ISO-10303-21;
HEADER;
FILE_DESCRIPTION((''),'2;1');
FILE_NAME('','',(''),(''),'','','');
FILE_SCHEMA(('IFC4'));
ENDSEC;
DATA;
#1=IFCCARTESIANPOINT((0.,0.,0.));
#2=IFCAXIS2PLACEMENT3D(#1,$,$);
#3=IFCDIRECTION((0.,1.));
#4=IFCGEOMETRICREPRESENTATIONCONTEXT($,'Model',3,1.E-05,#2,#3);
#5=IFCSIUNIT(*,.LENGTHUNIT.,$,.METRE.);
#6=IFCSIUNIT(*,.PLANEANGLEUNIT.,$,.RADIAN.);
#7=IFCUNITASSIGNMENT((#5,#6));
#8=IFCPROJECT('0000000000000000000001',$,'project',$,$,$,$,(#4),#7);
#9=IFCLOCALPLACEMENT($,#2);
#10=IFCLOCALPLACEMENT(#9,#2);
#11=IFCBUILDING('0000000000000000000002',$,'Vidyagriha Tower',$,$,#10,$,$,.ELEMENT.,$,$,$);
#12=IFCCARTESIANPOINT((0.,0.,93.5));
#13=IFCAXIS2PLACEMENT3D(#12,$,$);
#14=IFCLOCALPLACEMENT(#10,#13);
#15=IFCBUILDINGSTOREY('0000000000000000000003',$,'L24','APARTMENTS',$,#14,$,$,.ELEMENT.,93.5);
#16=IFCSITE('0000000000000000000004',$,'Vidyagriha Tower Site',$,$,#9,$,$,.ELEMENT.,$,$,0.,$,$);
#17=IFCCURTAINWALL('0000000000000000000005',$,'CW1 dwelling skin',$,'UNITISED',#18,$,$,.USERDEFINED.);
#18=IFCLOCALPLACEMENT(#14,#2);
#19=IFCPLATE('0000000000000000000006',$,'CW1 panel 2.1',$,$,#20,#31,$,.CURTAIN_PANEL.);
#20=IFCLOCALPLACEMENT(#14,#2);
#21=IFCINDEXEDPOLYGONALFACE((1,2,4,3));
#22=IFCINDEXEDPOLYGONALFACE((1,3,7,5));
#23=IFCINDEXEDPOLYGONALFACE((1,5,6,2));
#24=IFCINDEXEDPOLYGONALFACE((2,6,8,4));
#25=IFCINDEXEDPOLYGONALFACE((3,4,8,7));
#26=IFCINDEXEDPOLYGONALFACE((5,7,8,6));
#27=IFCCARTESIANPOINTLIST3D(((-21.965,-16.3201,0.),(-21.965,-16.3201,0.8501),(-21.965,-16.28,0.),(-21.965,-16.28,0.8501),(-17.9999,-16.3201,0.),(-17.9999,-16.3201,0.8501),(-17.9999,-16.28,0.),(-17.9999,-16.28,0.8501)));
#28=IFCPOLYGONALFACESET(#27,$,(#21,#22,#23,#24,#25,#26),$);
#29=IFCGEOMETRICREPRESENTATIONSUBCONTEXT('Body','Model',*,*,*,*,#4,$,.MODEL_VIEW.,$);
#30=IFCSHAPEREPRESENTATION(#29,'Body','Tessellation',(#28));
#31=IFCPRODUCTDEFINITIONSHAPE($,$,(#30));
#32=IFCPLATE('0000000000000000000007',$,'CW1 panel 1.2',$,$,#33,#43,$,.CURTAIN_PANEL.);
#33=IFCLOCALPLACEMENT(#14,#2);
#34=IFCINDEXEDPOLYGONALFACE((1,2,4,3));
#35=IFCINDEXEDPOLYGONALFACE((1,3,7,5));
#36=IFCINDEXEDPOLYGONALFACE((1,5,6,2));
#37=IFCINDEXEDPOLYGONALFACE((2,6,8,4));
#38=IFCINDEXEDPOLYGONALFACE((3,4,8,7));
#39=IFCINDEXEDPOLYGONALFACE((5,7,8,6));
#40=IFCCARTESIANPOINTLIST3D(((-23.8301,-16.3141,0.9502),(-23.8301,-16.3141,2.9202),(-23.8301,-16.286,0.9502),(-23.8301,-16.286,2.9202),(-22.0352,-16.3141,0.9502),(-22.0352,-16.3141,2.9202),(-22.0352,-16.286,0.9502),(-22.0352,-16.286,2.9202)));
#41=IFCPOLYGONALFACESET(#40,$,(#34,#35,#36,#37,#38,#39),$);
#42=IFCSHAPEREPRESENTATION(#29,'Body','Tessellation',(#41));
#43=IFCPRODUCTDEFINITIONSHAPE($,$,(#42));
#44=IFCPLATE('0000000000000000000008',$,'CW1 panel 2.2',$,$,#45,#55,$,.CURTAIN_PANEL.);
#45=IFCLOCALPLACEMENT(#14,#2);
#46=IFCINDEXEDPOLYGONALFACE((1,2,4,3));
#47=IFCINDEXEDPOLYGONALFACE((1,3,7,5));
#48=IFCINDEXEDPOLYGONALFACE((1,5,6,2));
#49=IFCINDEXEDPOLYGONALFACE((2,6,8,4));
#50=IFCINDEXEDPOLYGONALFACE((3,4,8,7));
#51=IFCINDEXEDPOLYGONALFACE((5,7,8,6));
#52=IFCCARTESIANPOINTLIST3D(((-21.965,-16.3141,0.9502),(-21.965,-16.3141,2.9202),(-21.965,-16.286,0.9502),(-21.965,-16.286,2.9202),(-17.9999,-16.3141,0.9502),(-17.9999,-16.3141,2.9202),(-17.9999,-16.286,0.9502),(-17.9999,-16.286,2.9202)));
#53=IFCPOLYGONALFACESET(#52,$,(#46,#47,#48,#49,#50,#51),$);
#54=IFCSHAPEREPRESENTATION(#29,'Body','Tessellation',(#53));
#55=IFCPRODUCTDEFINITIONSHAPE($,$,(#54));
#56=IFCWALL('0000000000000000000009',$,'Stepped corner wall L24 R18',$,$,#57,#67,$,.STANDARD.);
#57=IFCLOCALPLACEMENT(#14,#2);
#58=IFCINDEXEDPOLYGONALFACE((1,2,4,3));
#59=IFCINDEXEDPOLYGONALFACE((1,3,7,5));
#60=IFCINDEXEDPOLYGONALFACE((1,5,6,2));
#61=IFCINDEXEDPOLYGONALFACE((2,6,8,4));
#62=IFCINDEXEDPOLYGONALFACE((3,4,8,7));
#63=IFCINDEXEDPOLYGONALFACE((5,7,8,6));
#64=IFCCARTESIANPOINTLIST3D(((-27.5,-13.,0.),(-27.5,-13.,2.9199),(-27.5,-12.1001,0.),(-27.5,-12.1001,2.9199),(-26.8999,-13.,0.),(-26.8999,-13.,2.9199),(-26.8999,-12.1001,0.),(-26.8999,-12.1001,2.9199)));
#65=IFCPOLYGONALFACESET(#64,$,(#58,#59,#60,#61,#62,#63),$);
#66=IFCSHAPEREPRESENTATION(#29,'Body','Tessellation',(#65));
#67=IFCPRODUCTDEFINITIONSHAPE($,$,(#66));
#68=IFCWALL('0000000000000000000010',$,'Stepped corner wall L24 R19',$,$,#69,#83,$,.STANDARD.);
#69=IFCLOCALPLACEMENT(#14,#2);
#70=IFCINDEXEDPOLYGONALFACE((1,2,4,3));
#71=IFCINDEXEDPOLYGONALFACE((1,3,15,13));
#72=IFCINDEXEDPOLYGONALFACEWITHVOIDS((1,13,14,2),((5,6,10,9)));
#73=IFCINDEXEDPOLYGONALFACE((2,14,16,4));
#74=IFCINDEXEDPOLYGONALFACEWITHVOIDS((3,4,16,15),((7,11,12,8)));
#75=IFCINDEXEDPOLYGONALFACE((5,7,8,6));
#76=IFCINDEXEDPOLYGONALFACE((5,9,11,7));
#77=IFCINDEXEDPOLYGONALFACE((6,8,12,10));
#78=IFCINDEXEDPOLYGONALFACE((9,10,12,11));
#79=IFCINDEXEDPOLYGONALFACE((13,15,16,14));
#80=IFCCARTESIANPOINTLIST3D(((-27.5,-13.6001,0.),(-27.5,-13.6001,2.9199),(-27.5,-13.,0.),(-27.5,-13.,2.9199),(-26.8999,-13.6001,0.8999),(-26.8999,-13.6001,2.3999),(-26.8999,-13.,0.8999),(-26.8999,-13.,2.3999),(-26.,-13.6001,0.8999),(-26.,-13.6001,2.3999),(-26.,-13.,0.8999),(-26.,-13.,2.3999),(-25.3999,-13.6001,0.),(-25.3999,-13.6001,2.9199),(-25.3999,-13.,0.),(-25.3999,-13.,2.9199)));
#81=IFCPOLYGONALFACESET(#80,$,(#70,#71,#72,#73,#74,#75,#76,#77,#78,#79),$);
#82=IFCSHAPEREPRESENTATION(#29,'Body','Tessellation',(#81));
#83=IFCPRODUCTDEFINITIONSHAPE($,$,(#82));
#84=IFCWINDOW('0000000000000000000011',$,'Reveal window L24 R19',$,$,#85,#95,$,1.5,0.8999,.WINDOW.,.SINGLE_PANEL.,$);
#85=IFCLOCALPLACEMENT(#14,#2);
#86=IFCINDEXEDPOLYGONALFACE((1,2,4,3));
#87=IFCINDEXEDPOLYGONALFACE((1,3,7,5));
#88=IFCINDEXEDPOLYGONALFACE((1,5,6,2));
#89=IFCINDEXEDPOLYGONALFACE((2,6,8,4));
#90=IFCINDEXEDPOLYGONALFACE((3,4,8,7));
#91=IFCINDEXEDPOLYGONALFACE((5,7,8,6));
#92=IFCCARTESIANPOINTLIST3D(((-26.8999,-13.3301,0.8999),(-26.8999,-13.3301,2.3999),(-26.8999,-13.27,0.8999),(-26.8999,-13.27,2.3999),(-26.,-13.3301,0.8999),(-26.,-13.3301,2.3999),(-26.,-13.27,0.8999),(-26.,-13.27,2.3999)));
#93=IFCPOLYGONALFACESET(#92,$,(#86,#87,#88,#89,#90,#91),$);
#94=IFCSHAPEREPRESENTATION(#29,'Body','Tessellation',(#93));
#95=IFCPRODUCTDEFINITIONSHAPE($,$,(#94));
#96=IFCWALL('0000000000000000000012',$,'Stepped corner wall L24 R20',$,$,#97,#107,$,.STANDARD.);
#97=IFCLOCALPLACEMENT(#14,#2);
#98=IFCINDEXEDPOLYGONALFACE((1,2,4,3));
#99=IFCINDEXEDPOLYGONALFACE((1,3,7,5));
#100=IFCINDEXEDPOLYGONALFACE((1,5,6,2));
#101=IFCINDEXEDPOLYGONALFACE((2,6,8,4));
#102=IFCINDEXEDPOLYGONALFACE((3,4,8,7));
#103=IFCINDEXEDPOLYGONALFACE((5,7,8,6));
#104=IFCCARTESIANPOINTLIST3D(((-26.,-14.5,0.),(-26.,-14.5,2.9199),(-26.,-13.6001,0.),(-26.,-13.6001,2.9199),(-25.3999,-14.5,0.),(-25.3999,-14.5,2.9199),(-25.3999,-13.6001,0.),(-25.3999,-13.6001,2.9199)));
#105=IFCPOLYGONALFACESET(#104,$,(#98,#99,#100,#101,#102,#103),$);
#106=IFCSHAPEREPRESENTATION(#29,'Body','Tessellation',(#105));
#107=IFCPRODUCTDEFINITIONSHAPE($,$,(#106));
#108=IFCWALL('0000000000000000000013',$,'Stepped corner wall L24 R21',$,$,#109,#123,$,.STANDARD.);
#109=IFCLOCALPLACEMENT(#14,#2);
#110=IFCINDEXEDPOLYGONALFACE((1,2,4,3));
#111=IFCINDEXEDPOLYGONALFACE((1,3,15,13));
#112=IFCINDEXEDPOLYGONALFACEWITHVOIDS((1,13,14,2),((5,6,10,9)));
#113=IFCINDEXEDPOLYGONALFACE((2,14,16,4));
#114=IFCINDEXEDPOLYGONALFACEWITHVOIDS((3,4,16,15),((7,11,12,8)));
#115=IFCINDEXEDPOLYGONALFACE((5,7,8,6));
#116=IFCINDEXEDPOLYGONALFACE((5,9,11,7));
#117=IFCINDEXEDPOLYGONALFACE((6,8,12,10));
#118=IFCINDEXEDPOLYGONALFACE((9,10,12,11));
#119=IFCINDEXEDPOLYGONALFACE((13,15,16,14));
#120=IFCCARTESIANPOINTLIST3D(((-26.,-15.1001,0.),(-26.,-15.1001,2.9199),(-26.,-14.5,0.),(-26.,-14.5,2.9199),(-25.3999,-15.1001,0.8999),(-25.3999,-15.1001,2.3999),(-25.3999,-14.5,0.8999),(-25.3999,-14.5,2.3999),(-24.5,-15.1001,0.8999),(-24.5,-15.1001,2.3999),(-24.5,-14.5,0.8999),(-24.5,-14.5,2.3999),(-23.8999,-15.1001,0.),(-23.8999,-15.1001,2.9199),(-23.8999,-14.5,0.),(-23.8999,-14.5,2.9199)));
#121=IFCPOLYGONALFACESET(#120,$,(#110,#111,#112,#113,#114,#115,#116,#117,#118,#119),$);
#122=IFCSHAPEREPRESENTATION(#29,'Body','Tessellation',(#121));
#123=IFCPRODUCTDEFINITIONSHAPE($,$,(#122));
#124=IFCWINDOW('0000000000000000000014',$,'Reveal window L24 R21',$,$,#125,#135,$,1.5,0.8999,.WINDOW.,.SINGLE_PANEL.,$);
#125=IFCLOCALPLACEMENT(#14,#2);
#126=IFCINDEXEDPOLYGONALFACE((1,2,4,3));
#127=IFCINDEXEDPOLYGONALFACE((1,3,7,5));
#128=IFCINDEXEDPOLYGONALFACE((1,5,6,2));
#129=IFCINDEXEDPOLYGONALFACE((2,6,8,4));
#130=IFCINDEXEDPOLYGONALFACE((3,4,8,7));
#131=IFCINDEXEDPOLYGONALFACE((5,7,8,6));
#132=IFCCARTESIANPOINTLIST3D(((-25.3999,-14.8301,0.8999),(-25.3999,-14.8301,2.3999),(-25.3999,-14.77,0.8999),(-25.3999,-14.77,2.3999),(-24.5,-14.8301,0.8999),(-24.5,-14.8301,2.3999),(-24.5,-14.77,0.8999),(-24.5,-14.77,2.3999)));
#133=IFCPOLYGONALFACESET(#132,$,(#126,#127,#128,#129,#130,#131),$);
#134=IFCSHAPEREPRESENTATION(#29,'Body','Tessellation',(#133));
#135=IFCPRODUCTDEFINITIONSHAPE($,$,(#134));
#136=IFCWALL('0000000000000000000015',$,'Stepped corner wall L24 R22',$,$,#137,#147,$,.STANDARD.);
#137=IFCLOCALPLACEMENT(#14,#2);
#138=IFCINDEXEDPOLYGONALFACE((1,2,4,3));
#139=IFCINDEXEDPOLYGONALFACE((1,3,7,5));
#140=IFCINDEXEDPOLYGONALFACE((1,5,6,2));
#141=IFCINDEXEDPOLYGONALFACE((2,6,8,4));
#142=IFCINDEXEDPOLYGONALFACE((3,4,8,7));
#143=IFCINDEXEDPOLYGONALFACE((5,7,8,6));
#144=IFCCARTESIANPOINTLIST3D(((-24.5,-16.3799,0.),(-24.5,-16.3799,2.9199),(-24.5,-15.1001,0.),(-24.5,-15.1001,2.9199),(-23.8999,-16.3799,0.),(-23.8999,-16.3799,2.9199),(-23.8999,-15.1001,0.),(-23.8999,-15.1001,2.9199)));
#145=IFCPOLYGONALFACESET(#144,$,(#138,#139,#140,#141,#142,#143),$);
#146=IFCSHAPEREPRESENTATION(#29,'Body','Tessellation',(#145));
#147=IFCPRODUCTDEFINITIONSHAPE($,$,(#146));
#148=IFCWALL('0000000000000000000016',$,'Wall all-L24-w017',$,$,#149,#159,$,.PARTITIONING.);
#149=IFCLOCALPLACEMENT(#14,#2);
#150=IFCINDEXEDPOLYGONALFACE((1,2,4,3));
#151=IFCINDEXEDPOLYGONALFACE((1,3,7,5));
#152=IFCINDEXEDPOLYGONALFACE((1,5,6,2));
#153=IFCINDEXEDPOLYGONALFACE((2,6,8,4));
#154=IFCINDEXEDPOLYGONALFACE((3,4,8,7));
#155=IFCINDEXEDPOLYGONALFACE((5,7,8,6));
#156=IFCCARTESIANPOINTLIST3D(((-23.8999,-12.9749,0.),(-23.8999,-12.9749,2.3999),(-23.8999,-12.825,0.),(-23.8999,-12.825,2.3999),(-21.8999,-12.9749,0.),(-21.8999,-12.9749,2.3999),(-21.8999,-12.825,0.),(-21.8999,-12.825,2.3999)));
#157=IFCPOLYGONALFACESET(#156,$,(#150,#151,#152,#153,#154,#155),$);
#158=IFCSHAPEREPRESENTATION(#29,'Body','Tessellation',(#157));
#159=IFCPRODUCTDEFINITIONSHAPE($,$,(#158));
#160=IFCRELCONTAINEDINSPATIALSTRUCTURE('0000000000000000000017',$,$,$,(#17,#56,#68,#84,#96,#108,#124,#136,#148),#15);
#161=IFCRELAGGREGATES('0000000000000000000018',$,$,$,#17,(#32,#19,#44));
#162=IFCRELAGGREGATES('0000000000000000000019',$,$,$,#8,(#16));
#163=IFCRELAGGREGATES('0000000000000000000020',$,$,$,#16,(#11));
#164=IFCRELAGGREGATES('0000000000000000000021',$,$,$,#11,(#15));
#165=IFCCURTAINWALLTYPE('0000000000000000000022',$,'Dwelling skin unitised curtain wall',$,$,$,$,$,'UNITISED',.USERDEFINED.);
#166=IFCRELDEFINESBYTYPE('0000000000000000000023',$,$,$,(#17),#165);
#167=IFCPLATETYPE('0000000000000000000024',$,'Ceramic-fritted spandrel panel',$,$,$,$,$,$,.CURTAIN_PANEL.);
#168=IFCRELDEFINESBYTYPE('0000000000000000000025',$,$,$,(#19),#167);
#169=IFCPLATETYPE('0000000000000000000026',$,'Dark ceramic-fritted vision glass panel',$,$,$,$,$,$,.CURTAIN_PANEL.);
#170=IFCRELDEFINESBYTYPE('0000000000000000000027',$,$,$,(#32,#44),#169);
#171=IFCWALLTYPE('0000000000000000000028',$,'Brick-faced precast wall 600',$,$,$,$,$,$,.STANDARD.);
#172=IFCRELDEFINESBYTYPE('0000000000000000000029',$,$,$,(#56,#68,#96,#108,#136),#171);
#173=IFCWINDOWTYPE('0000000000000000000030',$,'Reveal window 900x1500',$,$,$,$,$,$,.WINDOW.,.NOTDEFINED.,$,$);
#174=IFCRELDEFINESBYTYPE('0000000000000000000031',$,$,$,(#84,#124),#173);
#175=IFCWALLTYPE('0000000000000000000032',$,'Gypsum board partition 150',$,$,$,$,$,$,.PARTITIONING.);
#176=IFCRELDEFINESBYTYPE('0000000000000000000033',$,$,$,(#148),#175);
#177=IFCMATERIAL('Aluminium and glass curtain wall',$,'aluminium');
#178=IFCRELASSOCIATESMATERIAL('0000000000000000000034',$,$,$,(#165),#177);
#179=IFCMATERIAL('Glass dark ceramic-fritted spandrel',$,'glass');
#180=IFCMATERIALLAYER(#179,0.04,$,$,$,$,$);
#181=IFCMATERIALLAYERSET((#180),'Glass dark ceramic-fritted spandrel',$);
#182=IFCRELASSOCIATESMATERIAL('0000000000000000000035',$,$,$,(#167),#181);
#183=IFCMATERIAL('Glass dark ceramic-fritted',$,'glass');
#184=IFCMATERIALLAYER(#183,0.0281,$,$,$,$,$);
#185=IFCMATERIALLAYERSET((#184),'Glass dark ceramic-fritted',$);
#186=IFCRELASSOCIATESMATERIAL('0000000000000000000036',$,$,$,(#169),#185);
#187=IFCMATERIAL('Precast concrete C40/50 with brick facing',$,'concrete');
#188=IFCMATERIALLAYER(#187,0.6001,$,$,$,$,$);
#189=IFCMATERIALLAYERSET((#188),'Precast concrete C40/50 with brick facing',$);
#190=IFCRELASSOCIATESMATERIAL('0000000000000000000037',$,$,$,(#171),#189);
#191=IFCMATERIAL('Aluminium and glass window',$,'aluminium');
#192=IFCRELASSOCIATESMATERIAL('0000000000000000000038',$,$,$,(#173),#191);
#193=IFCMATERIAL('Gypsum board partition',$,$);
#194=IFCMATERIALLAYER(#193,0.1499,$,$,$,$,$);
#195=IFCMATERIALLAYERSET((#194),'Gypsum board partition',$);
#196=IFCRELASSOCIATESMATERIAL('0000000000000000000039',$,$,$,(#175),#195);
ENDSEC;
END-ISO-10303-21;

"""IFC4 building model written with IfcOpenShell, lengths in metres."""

from ifc_helpers import new_model, si_unit, direction, frame, frame_2d, origin, origin_2d, place, context, subcontext, project, spatial, rectangle, extrude, material, layer, layer_set, type_object, element, fill, aggregate, save


model = new_model("IFC4")

# Units and contexts
model_context = context("Model", 3, precision=1e-05, world=origin(), true_north=direction((0.0, 1.0)))
body_context = subcontext(model_context, "Body", "Model", "MODEL_VIEW")
ifc_project = project(units=[si_unit("LENGTHUNIT", "METRE"), si_unit("PLANEANGLEUNIT", "RADIAN")], contexts=[model_context])

# Site, building, storey
site_placement = place(None, origin())
site = spatial("IfcSite", under=ifc_project, at=site_placement, Name="Vidyagriha Tower Site", CompositionType="ELEMENT", RefElevation=0.0)
building_placement = place(site_placement, origin())
building = spatial("IfcBuilding", under=site, at=building_placement, Name="Vidyagriha Tower", CompositionType="ELEMENT")
storey_placement = place(building_placement, frame((0.0, 0.0, 93.5)))
storey = spatial("IfcBuildingStorey", under=building, at=storey_placement, Name="L24", Description="APARTMENTS", CompositionType="ELEMENT", Elevation=93.5)

# Curtain wall, plates
ifc_material_1 = material(Name="Aluminium and glass curtain wall", Category="aluminium")
curtain_wall_type = type_object("IfcCurtainWallType", Name="Dwelling skin unitised curtain wall", ElementType="UNITISED", PredefinedType="USERDEFINED", material=ifc_material_1)
curtain_wall_placement = place(storey_placement, origin())
curtain_wall = element("IfcCurtainWall", 1, at=curtain_wall_placement, inside=storey, type_object=curtain_wall_type, Name="CW1 dwelling skin", ObjectType="UNITISED", PredefinedType="USERDEFINED")
ifc_material_2 = material(Name="Glass dark ceramic-fritted spandrel", Category="glass")
ifc_layer_1 = layer(ifc_material_2, 0.04)
ifc_layer_set_1 = layer_set([ifc_layer_1], Name="Glass dark ceramic-fritted spandrel")
plate_type_1 = type_object("IfcPlateType", Name="Ceramic-fritted spandrel panel", PredefinedType="CURTAIN_PANEL", material=ifc_layer_set_1)
plate_1_placement = place(storey_placement, frame((-19.9824, -16.3, 0.0)))
plate_1 = element("IfcPlate", 2, at=plate_1_placement, type_object=plate_type_1, Name="CW1 panel 2.1", PredefinedType="CURTAIN_PANEL", context=body_context, shape_type="SweptSolid", body=[
    extrude(rectangle(XDim=3.9651, YDim=0.04, at=origin_2d()), origin(), (0.0, 0.0, 1.0), 0.8501),
])
ifc_material_3 = material(Name="Glass dark ceramic-fritted", Category="glass")
ifc_layer_2 = layer(ifc_material_3, 0.0281)
ifc_layer_set_2 = layer_set([ifc_layer_2], Name="Glass dark ceramic-fritted")
plate_type_2 = type_object("IfcPlateType", Name="Dark ceramic-fritted vision glass panel", PredefinedType="CURTAIN_PANEL", material=ifc_layer_set_2)
plate_2_placement = place(storey_placement, frame((-22.9326, -16.3, 0.9502)))
plate_2 = element("IfcPlate", 3, at=plate_2_placement, type_object=plate_type_2, Name="CW1 panel 1.2", PredefinedType="CURTAIN_PANEL", context=body_context, shape_type="SweptSolid", body=[
    extrude(rectangle(XDim=1.7949, YDim=0.0281, at=origin_2d()), origin(), (0.0, 0.0, 1.0), 1.97),
])
plate_3_placement = place(storey_placement, frame((-19.9824, -16.3, 0.9502)))
plate_3 = element("IfcPlate", 4, at=plate_3_placement, type_object=plate_type_2, Name="CW1 panel 2.2", PredefinedType="CURTAIN_PANEL", context=body_context, shape_type="SweptSolid", body=[
    extrude(rectangle(XDim=3.9651, YDim=0.0281, at=origin_2d()), origin(), (0.0, 0.0, 1.0), 1.97),
])
aggregate(curtain_wall, [plate_2, plate_1, plate_3])

# Wall
ifc_material_4 = material(Name="Precast concrete C40/50 with brick facing", Category="concrete")
ifc_layer_3 = layer(ifc_material_4, 0.6001)
ifc_layer_set_3 = layer_set([ifc_layer_3], Name="Precast concrete C40/50 with brick facing")
wall_type_1 = type_object("IfcWallType", Name="Brick-faced precast wall 600", PredefinedType="STANDARD", material=ifc_layer_set_3)
wall_1_placement = place(storey_placement, frame((-27.2, -12.1001, 0.0), z_axis=(0.0, 0.0, 1.0), x_axis=(0.0, -1.0, 0.0)))
element("IfcWall", 5, at=wall_1_placement, inside=storey, type_object=wall_type_1, Name="Stepped corner wall L24 R18", PredefinedType="STANDARD", context=body_context, shape_type="SweptSolid", body=[
    extrude(rectangle(XDim=0.8999, YDim=0.6001, at=frame_2d((0.45, 0.0))), origin(), (0.0, 0.0, 1.0), 2.9199),
])

# Wall, opening, window
wall_2_placement = place(storey_placement, frame((-27.5, -13.3, 0.0)))
wall_2 = element("IfcWall", 6, at=wall_2_placement, inside=storey, type_object=wall_type_1, Name="Stepped corner wall L24 R19", PredefinedType="STANDARD", context=body_context, shape_type="SweptSolid", body=[
    extrude(rectangle(XDim=2.1001, YDim=0.6001, at=frame_2d((1.05, 0.0))), origin(), (0.0, 0.0, 1.0), 2.9199),
])
opening_1_placement = place(wall_2_placement, frame((0.6001, 0.0, 0.8999)))
opening_1 = element("IfcOpeningElement", 7, at=opening_1_placement, cuts=wall_2, PredefinedType="OPENING", context=body_context, shape_type="SweptSolid", body=[
    extrude(rectangle(XDim=0.8999, YDim=1.5, at=frame_2d((0.45, 0.75))), frame((0.0, 0.3101, 0.0), z_axis=(0.0, -1.0, 0.0), x_axis=(1.0, 0.0, 0.0)), (0.0, 0.0, 1.0), 0.6201),
])
ifc_material_5 = material(Name="Aluminium and glass window", Category="aluminium")
window_type = type_object("IfcWindowType", Name="Reveal window 900x1500", PartitioningType="NOTDEFINED", PredefinedType="WINDOW", material=ifc_material_5)
window_1_placement = place(opening_1_placement, origin())
window_1 = element("IfcWindow", 8, at=window_1_placement, inside=storey, type_object=window_type, Name="Reveal window L24 R19", OverallHeight=1.5, OverallWidth=0.8999, PartitioningType="SINGLE_PANEL", PredefinedType="WINDOW", context=body_context, shape_type="SweptSolid", body=[
    extrude(rectangle(XDim=0.8999, YDim=1.5, at=frame_2d((0.45, 0.75))), frame((0.0, 0.03, 0.0), z_axis=(0.0, -1.0, 0.0), x_axis=(1.0, 0.0, 0.0)), (0.0, 0.0, 1.0), 0.0601),
])
fill(opening_1, window_1)

# Wall
wall_3_placement = place(storey_placement, frame((-25.7, -13.6001, 0.0), z_axis=(0.0, 0.0, 1.0), x_axis=(0.0, -1.0, 0.0)))
element("IfcWall", 9, at=wall_3_placement, inside=storey, type_object=wall_type_1, Name="Stepped corner wall L24 R20", PredefinedType="STANDARD", context=body_context, shape_type="SweptSolid", body=[
    extrude(rectangle(XDim=0.8999, YDim=0.6001, at=frame_2d((0.45, 0.0))), origin(), (0.0, 0.0, 1.0), 2.9199),
])

# Wall, opening, window
wall_4_placement = place(storey_placement, frame((-26.0, -14.8, 0.0)))
wall_4 = element("IfcWall", 10, at=wall_4_placement, inside=storey, type_object=wall_type_1, Name="Stepped corner wall L24 R21", PredefinedType="STANDARD", context=body_context, shape_type="SweptSolid", body=[
    extrude(rectangle(XDim=2.1001, YDim=0.6001, at=frame_2d((1.05, 0.0))), origin(), (0.0, 0.0, 1.0), 2.9199),
])
opening_2_placement = place(wall_4_placement, frame((0.6001, 0.0, 0.8999)))
opening_2 = element("IfcOpeningElement", 11, at=opening_2_placement, cuts=wall_4, PredefinedType="OPENING", context=body_context, shape_type="SweptSolid", body=[
    extrude(rectangle(XDim=0.8999, YDim=1.5, at=frame_2d((0.45, 0.75))), frame((0.0, 0.3101, 0.0), z_axis=(0.0, -1.0, 0.0), x_axis=(1.0, 0.0, 0.0)), (0.0, 0.0, 1.0), 0.6201),
])
window_2_placement = place(opening_2_placement, origin())
window_2 = element("IfcWindow", 12, at=window_2_placement, inside=storey, type_object=window_type, Name="Reveal window L24 R21", OverallHeight=1.5, OverallWidth=0.8999, PartitioningType="SINGLE_PANEL", PredefinedType="WINDOW", context=body_context, shape_type="SweptSolid", body=[
    extrude(rectangle(XDim=0.8999, YDim=1.5, at=frame_2d((0.45, 0.75))), frame((0.0, 0.03, 0.0), z_axis=(0.0, -1.0, 0.0), x_axis=(1.0, 0.0, 0.0)), (0.0, 0.0, 1.0), 0.0601),
])
fill(opening_2, window_2)

# Walls
wall_5_placement = place(storey_placement, frame((-24.2, -15.1001, 0.0), z_axis=(0.0, 0.0, 1.0), x_axis=(0.0, -1.0, 0.0)))
element("IfcWall", 13, at=wall_5_placement, inside=storey, type_object=wall_type_1, Name="Stepped corner wall L24 R22", PredefinedType="STANDARD", context=body_context, shape_type="SweptSolid", body=[
    extrude(rectangle(XDim=1.2798, YDim=0.6001, at=frame_2d((0.6399, 0.0))), origin(), (0.0, 0.0, 1.0), 2.9199),
])
ifc_material_6 = material(Name="Gypsum board partition")
ifc_layer_4 = layer(ifc_material_6, 0.1499)
ifc_layer_set_4 = layer_set([ifc_layer_4], Name="Gypsum board partition")
wall_type_2 = type_object("IfcWallType", Name="Gypsum board partition 150", PredefinedType="PARTITIONING", material=ifc_layer_set_4)
wall_6_placement = place(storey_placement, frame((-21.8999, -12.8999, 0.0), z_axis=(0.0, 0.0, 1.0), x_axis=(-1.0, 0.0, 0.0)))
element("IfcWall", 14, at=wall_6_placement, inside=storey, type_object=wall_type_2, Name="Wall all-L24-w017", PredefinedType="PARTITIONING", context=body_context, shape_type="SweptSolid", body=[
    extrude(rectangle(XDim=2.0, YDim=0.1499, at=frame_2d((1.0, 0.0))), origin(), (0.0, 0.0, 1.0), 2.3999),
])

save(model, "model.ifc")
